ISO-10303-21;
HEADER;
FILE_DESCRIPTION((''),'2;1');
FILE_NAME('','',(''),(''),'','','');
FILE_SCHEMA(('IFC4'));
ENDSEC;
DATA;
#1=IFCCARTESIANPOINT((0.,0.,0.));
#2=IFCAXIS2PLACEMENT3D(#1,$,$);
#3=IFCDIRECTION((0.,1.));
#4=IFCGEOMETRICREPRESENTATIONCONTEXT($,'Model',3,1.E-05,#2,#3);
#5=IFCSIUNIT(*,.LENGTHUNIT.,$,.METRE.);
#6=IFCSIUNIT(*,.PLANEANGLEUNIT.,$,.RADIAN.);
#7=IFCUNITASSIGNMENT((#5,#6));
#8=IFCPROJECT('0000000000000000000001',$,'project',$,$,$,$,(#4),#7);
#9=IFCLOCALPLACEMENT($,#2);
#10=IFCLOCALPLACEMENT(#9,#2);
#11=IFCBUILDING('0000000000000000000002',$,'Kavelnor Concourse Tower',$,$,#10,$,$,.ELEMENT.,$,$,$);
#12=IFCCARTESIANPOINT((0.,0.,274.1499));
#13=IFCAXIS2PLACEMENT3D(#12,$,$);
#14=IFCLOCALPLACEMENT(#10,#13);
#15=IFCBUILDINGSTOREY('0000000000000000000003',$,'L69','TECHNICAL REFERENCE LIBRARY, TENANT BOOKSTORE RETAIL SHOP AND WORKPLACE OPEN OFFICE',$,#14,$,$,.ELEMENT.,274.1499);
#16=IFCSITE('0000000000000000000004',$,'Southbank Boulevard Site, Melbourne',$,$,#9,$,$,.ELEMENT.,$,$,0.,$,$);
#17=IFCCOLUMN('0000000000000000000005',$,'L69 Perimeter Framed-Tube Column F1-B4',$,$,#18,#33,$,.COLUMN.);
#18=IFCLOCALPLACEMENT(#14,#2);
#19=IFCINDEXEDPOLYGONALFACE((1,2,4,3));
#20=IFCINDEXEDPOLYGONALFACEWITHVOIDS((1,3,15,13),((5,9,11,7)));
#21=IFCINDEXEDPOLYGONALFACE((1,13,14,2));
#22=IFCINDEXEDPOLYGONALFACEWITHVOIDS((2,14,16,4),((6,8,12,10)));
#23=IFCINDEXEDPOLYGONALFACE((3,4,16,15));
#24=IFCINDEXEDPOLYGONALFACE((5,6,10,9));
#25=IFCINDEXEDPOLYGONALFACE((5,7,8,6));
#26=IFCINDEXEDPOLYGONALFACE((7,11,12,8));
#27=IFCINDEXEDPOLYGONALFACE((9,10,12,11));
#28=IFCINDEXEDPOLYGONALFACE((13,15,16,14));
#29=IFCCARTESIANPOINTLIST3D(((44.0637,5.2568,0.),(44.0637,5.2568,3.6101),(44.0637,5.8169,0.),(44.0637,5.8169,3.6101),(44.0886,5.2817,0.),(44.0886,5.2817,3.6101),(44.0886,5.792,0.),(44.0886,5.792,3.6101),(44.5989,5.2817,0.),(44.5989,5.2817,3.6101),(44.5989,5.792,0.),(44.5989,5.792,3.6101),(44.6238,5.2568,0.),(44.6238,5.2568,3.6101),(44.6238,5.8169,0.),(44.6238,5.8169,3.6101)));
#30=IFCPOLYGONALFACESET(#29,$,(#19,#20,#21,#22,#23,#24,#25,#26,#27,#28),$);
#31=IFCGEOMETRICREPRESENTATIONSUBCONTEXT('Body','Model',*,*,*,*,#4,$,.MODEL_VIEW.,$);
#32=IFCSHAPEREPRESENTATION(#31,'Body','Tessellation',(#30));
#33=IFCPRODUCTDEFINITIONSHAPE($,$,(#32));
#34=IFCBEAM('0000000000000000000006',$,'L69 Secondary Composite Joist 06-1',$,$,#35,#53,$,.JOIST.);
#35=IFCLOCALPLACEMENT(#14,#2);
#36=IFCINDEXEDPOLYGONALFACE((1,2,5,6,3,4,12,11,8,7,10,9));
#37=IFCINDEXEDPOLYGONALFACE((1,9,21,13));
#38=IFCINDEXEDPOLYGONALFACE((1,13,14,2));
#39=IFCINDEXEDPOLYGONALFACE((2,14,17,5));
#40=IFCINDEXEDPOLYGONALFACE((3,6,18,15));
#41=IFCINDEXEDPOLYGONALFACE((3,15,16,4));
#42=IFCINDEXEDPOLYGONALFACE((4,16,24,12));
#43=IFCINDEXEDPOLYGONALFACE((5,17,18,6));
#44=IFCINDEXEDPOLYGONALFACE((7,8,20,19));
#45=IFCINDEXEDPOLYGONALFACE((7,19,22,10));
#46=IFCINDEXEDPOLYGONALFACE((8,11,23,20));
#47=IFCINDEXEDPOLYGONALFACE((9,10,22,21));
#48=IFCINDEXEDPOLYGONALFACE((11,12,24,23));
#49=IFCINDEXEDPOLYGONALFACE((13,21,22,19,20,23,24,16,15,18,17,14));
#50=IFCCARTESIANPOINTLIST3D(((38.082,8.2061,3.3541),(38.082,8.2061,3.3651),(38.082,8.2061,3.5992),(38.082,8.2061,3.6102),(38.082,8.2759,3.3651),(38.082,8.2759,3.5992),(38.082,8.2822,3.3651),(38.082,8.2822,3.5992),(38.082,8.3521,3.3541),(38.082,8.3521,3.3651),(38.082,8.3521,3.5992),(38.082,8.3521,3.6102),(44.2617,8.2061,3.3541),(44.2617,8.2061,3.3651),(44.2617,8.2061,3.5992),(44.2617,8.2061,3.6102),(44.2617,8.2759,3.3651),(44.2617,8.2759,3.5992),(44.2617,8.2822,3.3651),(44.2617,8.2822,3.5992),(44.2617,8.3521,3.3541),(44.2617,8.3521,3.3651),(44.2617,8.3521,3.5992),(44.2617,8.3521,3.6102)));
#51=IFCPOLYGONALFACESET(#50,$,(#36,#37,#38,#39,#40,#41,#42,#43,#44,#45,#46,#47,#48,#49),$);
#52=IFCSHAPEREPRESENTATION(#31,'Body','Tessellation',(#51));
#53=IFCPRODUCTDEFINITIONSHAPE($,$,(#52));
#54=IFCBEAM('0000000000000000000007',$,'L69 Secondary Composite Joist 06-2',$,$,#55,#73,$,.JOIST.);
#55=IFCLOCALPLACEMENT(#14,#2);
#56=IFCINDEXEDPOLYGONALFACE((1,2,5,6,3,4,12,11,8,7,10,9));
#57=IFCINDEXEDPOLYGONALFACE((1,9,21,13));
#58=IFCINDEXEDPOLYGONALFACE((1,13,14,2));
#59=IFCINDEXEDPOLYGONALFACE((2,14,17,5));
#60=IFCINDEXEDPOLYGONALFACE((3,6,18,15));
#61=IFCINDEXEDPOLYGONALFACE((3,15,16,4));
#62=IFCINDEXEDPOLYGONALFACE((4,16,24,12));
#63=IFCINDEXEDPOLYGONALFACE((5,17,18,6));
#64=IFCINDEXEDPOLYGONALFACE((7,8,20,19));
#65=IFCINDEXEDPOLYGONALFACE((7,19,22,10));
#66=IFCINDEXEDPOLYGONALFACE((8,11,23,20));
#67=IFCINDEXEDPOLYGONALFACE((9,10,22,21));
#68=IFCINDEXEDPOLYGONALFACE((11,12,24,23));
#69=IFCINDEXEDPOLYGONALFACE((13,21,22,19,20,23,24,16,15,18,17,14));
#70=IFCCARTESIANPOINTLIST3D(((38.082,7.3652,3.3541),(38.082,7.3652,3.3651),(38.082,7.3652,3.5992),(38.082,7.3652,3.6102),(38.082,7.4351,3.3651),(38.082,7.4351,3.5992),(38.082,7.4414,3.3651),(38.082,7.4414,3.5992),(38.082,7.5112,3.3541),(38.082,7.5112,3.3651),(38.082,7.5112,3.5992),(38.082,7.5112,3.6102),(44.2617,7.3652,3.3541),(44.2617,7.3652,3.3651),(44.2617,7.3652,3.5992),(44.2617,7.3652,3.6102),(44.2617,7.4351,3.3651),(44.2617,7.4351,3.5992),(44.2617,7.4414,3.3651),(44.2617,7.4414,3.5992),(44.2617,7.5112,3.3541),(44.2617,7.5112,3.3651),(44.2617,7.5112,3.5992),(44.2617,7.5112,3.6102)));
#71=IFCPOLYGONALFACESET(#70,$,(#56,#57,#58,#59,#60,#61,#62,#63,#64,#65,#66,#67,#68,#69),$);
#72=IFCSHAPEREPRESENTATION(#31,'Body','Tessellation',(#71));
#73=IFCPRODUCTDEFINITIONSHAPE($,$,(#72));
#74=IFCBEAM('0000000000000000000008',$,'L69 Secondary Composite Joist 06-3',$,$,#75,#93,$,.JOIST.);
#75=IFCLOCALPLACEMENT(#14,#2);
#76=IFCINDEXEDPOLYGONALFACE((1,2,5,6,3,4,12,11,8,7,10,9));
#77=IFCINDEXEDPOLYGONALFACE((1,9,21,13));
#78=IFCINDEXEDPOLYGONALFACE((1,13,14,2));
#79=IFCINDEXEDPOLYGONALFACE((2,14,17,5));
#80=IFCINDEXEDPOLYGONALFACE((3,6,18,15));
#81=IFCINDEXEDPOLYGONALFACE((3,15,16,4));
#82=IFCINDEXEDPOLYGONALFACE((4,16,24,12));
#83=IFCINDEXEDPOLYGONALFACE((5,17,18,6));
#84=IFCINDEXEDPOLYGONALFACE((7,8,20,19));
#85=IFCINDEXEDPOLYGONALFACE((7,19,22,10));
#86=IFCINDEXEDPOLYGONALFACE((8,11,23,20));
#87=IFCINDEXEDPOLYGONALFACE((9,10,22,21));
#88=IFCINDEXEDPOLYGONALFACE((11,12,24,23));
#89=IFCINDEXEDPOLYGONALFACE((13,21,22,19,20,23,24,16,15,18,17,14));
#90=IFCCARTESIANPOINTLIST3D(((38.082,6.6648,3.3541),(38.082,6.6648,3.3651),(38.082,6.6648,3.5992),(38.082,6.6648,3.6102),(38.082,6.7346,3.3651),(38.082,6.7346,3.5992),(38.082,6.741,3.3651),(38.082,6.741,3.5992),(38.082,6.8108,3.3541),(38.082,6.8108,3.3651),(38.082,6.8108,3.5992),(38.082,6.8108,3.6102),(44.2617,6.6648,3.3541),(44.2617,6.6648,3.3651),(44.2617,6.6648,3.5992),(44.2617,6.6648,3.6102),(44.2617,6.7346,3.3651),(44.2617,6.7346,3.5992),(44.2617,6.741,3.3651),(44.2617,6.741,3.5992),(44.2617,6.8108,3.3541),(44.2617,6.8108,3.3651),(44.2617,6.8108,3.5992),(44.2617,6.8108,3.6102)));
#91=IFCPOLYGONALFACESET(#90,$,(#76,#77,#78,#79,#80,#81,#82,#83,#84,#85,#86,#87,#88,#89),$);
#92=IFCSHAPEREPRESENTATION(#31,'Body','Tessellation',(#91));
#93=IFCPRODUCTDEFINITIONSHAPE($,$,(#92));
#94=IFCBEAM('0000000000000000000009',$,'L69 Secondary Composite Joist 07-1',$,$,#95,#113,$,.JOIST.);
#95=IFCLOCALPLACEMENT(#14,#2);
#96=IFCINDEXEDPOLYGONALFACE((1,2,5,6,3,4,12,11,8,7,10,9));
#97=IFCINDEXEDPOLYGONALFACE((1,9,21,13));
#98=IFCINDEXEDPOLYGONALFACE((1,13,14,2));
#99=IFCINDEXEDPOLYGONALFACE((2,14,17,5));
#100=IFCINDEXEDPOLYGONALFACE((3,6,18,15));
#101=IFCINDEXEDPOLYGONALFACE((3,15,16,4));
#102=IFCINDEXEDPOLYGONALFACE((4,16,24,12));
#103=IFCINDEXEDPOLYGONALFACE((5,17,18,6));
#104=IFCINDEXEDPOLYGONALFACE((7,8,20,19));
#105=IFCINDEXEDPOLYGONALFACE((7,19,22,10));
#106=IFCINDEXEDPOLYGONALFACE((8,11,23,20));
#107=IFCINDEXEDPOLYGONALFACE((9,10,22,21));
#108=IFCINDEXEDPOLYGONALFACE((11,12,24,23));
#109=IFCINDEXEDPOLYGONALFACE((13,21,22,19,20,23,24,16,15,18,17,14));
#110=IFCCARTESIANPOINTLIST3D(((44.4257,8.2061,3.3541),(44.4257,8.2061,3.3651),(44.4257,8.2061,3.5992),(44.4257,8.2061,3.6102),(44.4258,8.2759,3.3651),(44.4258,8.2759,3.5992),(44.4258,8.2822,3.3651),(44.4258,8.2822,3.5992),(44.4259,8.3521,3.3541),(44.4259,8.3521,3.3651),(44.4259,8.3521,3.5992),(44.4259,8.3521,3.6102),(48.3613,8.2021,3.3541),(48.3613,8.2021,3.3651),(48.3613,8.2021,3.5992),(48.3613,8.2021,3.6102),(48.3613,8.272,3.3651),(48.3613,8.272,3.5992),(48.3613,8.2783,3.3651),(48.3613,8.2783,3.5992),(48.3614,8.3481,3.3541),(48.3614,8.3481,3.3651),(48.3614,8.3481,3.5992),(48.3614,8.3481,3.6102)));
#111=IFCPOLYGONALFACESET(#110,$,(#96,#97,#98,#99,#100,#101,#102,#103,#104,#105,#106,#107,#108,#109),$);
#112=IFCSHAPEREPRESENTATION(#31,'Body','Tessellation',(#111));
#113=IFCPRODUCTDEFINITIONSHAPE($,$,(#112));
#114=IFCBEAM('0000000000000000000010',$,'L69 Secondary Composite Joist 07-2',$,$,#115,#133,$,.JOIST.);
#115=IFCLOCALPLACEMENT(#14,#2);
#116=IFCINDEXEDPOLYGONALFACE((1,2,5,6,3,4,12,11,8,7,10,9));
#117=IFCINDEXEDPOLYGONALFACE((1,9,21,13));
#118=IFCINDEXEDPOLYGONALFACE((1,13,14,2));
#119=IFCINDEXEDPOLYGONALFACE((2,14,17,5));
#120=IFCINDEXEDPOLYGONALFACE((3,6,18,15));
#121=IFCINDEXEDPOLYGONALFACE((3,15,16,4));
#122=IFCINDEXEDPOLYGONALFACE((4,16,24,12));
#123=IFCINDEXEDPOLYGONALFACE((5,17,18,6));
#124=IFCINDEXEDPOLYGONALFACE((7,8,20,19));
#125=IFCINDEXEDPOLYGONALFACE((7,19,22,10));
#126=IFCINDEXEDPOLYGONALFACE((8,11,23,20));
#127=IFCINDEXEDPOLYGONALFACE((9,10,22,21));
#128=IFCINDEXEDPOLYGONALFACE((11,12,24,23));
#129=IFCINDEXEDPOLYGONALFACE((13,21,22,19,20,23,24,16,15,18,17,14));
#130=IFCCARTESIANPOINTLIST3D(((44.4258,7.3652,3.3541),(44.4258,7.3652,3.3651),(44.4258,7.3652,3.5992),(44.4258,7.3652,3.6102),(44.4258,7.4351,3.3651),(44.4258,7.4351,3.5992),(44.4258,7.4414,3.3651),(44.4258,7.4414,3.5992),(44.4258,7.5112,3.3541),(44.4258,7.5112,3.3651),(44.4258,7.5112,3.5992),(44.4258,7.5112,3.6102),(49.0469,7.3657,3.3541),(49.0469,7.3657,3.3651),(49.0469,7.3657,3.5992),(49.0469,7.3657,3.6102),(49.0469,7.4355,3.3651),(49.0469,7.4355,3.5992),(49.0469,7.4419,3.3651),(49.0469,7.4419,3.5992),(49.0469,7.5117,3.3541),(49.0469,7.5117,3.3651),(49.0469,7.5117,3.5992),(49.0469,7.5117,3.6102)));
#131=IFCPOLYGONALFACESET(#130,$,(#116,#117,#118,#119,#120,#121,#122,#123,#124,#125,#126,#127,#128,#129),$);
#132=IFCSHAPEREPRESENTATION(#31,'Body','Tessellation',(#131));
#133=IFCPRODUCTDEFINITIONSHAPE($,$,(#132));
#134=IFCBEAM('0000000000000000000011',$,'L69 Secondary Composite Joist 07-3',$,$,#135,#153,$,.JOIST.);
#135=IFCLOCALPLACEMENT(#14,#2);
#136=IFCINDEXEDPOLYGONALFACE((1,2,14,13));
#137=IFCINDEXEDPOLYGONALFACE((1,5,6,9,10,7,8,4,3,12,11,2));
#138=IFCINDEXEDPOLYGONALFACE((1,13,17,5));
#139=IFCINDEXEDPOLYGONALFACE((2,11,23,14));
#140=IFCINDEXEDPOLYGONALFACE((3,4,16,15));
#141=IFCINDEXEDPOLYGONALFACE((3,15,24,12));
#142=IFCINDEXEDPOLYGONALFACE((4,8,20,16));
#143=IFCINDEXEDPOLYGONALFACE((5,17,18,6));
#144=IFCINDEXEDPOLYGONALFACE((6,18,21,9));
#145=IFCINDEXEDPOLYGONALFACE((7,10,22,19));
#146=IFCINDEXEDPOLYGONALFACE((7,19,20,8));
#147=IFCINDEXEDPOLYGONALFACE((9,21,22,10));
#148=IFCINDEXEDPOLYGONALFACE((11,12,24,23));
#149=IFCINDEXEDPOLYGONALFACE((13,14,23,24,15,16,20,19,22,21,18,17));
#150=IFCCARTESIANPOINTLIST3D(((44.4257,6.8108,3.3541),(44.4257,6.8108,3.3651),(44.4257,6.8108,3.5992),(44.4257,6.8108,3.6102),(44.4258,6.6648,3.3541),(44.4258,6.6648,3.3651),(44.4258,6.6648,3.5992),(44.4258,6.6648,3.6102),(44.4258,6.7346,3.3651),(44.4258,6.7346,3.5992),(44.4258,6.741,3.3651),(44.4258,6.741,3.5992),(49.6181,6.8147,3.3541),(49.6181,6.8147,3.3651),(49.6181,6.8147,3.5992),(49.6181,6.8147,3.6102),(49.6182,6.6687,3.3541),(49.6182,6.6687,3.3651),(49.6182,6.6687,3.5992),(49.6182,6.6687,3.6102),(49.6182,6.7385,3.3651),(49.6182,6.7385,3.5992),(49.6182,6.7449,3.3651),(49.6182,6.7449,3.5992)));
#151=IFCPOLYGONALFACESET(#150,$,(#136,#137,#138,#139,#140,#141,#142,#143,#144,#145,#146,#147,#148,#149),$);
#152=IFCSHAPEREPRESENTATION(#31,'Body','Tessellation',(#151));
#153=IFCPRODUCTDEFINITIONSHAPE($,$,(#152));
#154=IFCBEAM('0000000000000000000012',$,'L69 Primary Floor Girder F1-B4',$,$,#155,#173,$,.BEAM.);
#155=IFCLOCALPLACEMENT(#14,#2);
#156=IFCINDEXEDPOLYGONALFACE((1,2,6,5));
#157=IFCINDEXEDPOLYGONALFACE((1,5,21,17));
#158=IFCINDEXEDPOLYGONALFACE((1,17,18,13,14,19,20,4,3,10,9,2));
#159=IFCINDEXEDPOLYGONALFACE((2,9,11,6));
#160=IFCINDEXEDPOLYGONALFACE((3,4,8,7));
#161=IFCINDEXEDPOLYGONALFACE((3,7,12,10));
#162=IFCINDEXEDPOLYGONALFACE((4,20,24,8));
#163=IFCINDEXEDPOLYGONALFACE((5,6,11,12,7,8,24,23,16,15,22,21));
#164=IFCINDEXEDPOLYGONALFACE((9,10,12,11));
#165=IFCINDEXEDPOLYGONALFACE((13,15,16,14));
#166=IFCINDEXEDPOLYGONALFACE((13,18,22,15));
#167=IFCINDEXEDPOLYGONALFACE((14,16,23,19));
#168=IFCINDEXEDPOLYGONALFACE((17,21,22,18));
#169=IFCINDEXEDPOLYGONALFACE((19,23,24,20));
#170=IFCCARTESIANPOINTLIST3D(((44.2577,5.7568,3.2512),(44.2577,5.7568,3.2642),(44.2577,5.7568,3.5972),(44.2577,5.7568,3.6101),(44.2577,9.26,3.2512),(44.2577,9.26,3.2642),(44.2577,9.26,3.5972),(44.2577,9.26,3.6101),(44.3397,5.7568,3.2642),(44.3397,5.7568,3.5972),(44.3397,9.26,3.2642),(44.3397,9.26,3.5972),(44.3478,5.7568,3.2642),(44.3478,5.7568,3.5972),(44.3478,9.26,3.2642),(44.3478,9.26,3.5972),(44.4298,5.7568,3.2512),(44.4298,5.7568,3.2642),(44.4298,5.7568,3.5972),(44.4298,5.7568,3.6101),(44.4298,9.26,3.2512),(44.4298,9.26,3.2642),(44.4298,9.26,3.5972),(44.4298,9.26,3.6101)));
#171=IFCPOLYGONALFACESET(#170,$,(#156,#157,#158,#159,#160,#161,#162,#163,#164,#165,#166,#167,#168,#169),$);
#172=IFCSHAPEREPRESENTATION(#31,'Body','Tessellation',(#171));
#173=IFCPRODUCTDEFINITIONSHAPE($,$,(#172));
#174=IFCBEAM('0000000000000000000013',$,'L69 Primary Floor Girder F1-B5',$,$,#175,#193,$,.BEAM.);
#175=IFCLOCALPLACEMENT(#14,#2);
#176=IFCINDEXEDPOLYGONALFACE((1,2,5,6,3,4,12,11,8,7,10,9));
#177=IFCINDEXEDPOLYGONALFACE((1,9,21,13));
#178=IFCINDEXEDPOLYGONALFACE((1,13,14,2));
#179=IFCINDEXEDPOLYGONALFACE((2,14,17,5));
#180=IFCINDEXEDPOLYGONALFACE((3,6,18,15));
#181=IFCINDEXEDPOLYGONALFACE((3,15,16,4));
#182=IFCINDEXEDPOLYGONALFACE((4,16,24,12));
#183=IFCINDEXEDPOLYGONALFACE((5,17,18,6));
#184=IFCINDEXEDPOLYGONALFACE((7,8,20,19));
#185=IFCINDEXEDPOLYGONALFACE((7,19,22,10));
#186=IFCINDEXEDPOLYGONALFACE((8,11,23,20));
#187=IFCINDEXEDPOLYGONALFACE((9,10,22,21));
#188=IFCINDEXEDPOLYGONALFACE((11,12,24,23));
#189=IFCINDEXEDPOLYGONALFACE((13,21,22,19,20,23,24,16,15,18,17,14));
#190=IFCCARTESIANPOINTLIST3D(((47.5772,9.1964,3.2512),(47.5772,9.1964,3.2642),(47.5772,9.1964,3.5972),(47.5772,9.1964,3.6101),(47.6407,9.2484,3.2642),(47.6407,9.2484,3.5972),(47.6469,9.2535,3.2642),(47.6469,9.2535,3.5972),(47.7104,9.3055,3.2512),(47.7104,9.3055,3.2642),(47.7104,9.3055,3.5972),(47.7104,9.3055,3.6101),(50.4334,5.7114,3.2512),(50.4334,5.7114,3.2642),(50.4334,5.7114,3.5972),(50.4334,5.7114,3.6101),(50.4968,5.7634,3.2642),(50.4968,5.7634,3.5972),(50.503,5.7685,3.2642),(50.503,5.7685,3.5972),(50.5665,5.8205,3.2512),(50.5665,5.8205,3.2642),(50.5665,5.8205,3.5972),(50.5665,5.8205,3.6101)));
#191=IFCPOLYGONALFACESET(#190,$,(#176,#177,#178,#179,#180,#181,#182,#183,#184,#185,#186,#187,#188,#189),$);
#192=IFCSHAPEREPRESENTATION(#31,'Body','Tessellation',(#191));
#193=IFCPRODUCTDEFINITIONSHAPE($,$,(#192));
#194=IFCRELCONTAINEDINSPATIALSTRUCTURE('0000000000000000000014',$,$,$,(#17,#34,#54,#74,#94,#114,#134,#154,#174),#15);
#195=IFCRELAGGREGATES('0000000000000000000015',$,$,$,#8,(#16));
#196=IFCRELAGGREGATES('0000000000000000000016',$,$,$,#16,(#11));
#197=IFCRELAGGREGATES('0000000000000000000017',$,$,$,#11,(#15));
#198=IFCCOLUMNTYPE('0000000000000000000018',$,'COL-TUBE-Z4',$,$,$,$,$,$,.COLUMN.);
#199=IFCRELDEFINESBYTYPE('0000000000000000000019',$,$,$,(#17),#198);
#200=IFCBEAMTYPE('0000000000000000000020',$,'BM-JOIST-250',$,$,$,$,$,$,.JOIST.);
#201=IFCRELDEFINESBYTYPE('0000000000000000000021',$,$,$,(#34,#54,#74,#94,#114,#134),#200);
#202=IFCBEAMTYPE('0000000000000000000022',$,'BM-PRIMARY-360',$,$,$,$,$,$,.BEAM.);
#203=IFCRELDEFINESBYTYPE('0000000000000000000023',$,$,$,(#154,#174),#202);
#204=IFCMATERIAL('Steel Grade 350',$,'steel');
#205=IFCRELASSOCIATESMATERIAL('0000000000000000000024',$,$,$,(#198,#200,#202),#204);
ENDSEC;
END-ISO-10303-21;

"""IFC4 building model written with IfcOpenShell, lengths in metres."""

from ifc_helpers import new_model, si_unit, direction, frame, origin, origin_2d, place, context, subcontext, project, spatial, hollow_rectangle, i_section, extrude, material, material_profile, profile_set, type_object, element, save


model = new_model("IFC4")

# Units and contexts
model_context = context("Model", 3, precision=1e-05, world=origin(), true_north=direction((0.0, 1.0)))
body_context = subcontext(model_context, "Body", "Model", "MODEL_VIEW")
ifc_project = project(units=[si_unit("LENGTHUNIT", "METRE"), si_unit("PLANEANGLEUNIT", "RADIAN")], contexts=[model_context])

# Site, building, storey
site_placement = place(None, origin())
site = spatial("IfcSite", under=ifc_project, at=site_placement, Name="Southbank Boulevard Site, Melbourne", CompositionType="ELEMENT", RefElevation=0.0)
building_placement = place(site_placement, origin())
building = spatial("IfcBuilding", under=site, at=building_placement, Name="Kavelnor Concourse Tower", CompositionType="ELEMENT")
storey_placement = place(building_placement, frame((0.0, 0.0, 274.1499)))
storey = spatial("IfcBuildingStorey", under=building, at=storey_placement, Name="L69", Description="TECHNICAL REFERENCE LIBRARY, TENANT BOOKSTORE RETAIL SHOP AND WORKPLACE OPEN OFFICE", CompositionType="ELEMENT", Elevation=274.1499)

# Column
ifc_material_1 = material(Name="Steel Grade 350", Category="steel")
ifc_material_profile_1 = material_profile(ifc_material_1, hollow_rectangle(XDim=0.5601, YDim=0.5601, WallThickness=0.0249, at=origin_2d()), Name="SHS 560x560x25")
ifc_profile_set_1 = profile_set([ifc_material_profile_1], Name="Steel Grade 350")
column_type = type_object("IfcColumnType", Name="COL-TUBE-Z4", PredefinedType="COLUMN", material=ifc_profile_set_1)
column_placement = place(storey_placement, frame((44.3438, 5.5369, 0.0), z_axis=(0.0, 0.0, 1.0), x_axis=(1.0, 0.0, 0.0)))
element("IfcColumn", 1, at=column_placement, inside=storey, type_object=column_type, Name="L69 Perimeter Framed-Tube Column F1-B4", PredefinedType="COLUMN", context=body_context, shape_type="SweptSolid", body=[
    extrude(hollow_rectangle(XDim=0.5601, YDim=0.5601, WallThickness=0.0249, at=origin_2d()), origin(), (0.0, 0.0, 1.0), 3.6101),
])

# Beams
ifc_material_profile_2 = material_profile(ifc_material_1, i_section(OverallWidth=0.146, OverallDepth=0.2561, WebThickness=0.0063, FlangeThickness=0.011, at=origin_2d()), Name="250UB37")
ifc_profile_set_2 = profile_set([ifc_material_profile_2], Name="Steel Grade 350")
beam_type_1 = type_object("IfcBeamType", Name="BM-JOIST-250", PredefinedType="JOIST", material=ifc_profile_set_2)
for number, where, z_axis, x_axis, name in (
    (2, (38.082, 8.2791, 3.4822), (1.0, 0.0, 0.0), (0.0, 1.0, 0.0), "L69 Secondary Composite Joist 06-1"),
    (3, (38.082, 7.4382, 3.4822), (1.0, 0.0, 0.0), (0.0, 1.0, 0.0), "L69 Secondary Composite Joist 06-2"),
    (4, (38.082, 6.7378, 3.4822), (1.0, 0.0, 0.0), (0.0, 1.0, 0.0), "L69 Secondary Composite Joist 06-3"),
):
    element("IfcBeam", number, at=place(storey_placement, frame(where, z_axis=z_axis, x_axis=x_axis)), inside=storey, type_object=beam_type_1, Name=name, PredefinedType="JOIST", context=body_context, shape_type="SweptSolid", body=[
        extrude(i_section(OverallWidth=0.146, OverallDepth=0.2561, WebThickness=0.0063, FlangeThickness=0.011, at=origin_2d()), origin(), (0.0, 0.0, 1.0), 6.1797),
    ])
beam_1_placement = place(storey_placement, frame((44.4258, 8.2791, 3.4822), z_axis=(1.0, -0.000993, 0.0), x_axis=(0.000993, 1.0, 0.0)))
element("IfcBeam", 5, at=beam_1_placement, inside=storey, type_object=beam_type_1, Name="L69 Secondary Composite Joist 07-1", PredefinedType="JOIST", context=body_context, shape_type="SweptSolid", body=[
    extrude(i_section(OverallWidth=0.146, OverallDepth=0.2561, WebThickness=0.0063, FlangeThickness=0.011, at=origin_2d()), origin(), (0.0, 0.0, 1.0), 3.9355),
])
beam_2_placement = place(storey_placement, frame((44.4258, 7.4382, 3.4822), z_axis=(1.0, 0.000106, 0.0), x_axis=(-0.000106, 1.0, 0.0)))
element("IfcBeam", 6, at=beam_2_placement, inside=storey, type_object=beam_type_1, Name="L69 Secondary Composite Joist 07-2", PredefinedType="JOIST", context=body_context, shape_type="SweptSolid", body=[
    extrude(i_section(OverallWidth=0.146, OverallDepth=0.2561, WebThickness=0.0063, FlangeThickness=0.011, at=origin_2d()), origin(), (0.0, 0.0, 1.0), 4.6211),
])
beam_3_placement = place(storey_placement, frame((44.4258, 6.7378, 3.4822), z_axis=(1.0, 0.000752, 0.0), x_axis=(-0.000752, 1.0, 0.0)))
element("IfcBeam", 7, at=beam_3_placement, inside=storey, type_object=beam_type_1, Name="L69 Secondary Composite Joist 07-3", PredefinedType="JOIST", context=body_context, shape_type="SweptSolid", body=[
    extrude(i_section(OverallWidth=0.146, OverallDepth=0.2561, WebThickness=0.0063, FlangeThickness=0.011, at=origin_2d()), origin(), (0.0, 0.0, 1.0), 5.1924),
])
ifc_material_profile_3 = material_profile(ifc_material_1, i_section(OverallWidth=0.1721, OverallDepth=0.3589, WebThickness=0.0081, FlangeThickness=0.0129, at=origin_2d()), Name="360UB56")
ifc_profile_set_3 = profile_set([ifc_material_profile_3], Name="Steel Grade 350")
beam_type_2 = type_object("IfcBeamType", Name="BM-PRIMARY-360", PredefinedType="BEAM", material=ifc_profile_set_3)
beam_4_placement = place(storey_placement, frame((44.3438, 9.26, 3.4307), z_axis=(0.0, -1.0, 0.0), x_axis=(1.0, 0.0, 0.0)))
element("IfcBeam", 8, at=beam_4_placement, inside=storey, type_object=beam_type_2, Name="L69 Primary Floor Girder F1-B4", PredefinedType="BEAM", context=body_context, shape_type="SweptSolid", body=[
    extrude(i_section(OverallWidth=0.1721, OverallDepth=0.3589, WebThickness=0.0081, FlangeThickness=0.0129, at=origin_2d()), origin(), (0.0, 0.0, 1.0), 3.5032),
])
beam_5_placement = place(storey_placement, frame((47.6438, 9.251, 3.4307), z_axis=(0.633869, -0.77344, 0.0), x_axis=(0.77344, 0.633869, 0.0)))
element("IfcBeam", 9, at=beam_5_placement, inside=storey, type_object=beam_type_2, Name="L69 Primary Floor Girder F1-B5", PredefinedType="BEAM", context=body_context, shape_type="SweptSolid", body=[
    extrude(i_section(OverallWidth=0.1721, OverallDepth=0.3589, WebThickness=0.0081, FlangeThickness=0.0129, at=origin_2d()), origin(), (0.0, 0.0, 1.0), 4.5059),
])

save(model, "model.ifc")
